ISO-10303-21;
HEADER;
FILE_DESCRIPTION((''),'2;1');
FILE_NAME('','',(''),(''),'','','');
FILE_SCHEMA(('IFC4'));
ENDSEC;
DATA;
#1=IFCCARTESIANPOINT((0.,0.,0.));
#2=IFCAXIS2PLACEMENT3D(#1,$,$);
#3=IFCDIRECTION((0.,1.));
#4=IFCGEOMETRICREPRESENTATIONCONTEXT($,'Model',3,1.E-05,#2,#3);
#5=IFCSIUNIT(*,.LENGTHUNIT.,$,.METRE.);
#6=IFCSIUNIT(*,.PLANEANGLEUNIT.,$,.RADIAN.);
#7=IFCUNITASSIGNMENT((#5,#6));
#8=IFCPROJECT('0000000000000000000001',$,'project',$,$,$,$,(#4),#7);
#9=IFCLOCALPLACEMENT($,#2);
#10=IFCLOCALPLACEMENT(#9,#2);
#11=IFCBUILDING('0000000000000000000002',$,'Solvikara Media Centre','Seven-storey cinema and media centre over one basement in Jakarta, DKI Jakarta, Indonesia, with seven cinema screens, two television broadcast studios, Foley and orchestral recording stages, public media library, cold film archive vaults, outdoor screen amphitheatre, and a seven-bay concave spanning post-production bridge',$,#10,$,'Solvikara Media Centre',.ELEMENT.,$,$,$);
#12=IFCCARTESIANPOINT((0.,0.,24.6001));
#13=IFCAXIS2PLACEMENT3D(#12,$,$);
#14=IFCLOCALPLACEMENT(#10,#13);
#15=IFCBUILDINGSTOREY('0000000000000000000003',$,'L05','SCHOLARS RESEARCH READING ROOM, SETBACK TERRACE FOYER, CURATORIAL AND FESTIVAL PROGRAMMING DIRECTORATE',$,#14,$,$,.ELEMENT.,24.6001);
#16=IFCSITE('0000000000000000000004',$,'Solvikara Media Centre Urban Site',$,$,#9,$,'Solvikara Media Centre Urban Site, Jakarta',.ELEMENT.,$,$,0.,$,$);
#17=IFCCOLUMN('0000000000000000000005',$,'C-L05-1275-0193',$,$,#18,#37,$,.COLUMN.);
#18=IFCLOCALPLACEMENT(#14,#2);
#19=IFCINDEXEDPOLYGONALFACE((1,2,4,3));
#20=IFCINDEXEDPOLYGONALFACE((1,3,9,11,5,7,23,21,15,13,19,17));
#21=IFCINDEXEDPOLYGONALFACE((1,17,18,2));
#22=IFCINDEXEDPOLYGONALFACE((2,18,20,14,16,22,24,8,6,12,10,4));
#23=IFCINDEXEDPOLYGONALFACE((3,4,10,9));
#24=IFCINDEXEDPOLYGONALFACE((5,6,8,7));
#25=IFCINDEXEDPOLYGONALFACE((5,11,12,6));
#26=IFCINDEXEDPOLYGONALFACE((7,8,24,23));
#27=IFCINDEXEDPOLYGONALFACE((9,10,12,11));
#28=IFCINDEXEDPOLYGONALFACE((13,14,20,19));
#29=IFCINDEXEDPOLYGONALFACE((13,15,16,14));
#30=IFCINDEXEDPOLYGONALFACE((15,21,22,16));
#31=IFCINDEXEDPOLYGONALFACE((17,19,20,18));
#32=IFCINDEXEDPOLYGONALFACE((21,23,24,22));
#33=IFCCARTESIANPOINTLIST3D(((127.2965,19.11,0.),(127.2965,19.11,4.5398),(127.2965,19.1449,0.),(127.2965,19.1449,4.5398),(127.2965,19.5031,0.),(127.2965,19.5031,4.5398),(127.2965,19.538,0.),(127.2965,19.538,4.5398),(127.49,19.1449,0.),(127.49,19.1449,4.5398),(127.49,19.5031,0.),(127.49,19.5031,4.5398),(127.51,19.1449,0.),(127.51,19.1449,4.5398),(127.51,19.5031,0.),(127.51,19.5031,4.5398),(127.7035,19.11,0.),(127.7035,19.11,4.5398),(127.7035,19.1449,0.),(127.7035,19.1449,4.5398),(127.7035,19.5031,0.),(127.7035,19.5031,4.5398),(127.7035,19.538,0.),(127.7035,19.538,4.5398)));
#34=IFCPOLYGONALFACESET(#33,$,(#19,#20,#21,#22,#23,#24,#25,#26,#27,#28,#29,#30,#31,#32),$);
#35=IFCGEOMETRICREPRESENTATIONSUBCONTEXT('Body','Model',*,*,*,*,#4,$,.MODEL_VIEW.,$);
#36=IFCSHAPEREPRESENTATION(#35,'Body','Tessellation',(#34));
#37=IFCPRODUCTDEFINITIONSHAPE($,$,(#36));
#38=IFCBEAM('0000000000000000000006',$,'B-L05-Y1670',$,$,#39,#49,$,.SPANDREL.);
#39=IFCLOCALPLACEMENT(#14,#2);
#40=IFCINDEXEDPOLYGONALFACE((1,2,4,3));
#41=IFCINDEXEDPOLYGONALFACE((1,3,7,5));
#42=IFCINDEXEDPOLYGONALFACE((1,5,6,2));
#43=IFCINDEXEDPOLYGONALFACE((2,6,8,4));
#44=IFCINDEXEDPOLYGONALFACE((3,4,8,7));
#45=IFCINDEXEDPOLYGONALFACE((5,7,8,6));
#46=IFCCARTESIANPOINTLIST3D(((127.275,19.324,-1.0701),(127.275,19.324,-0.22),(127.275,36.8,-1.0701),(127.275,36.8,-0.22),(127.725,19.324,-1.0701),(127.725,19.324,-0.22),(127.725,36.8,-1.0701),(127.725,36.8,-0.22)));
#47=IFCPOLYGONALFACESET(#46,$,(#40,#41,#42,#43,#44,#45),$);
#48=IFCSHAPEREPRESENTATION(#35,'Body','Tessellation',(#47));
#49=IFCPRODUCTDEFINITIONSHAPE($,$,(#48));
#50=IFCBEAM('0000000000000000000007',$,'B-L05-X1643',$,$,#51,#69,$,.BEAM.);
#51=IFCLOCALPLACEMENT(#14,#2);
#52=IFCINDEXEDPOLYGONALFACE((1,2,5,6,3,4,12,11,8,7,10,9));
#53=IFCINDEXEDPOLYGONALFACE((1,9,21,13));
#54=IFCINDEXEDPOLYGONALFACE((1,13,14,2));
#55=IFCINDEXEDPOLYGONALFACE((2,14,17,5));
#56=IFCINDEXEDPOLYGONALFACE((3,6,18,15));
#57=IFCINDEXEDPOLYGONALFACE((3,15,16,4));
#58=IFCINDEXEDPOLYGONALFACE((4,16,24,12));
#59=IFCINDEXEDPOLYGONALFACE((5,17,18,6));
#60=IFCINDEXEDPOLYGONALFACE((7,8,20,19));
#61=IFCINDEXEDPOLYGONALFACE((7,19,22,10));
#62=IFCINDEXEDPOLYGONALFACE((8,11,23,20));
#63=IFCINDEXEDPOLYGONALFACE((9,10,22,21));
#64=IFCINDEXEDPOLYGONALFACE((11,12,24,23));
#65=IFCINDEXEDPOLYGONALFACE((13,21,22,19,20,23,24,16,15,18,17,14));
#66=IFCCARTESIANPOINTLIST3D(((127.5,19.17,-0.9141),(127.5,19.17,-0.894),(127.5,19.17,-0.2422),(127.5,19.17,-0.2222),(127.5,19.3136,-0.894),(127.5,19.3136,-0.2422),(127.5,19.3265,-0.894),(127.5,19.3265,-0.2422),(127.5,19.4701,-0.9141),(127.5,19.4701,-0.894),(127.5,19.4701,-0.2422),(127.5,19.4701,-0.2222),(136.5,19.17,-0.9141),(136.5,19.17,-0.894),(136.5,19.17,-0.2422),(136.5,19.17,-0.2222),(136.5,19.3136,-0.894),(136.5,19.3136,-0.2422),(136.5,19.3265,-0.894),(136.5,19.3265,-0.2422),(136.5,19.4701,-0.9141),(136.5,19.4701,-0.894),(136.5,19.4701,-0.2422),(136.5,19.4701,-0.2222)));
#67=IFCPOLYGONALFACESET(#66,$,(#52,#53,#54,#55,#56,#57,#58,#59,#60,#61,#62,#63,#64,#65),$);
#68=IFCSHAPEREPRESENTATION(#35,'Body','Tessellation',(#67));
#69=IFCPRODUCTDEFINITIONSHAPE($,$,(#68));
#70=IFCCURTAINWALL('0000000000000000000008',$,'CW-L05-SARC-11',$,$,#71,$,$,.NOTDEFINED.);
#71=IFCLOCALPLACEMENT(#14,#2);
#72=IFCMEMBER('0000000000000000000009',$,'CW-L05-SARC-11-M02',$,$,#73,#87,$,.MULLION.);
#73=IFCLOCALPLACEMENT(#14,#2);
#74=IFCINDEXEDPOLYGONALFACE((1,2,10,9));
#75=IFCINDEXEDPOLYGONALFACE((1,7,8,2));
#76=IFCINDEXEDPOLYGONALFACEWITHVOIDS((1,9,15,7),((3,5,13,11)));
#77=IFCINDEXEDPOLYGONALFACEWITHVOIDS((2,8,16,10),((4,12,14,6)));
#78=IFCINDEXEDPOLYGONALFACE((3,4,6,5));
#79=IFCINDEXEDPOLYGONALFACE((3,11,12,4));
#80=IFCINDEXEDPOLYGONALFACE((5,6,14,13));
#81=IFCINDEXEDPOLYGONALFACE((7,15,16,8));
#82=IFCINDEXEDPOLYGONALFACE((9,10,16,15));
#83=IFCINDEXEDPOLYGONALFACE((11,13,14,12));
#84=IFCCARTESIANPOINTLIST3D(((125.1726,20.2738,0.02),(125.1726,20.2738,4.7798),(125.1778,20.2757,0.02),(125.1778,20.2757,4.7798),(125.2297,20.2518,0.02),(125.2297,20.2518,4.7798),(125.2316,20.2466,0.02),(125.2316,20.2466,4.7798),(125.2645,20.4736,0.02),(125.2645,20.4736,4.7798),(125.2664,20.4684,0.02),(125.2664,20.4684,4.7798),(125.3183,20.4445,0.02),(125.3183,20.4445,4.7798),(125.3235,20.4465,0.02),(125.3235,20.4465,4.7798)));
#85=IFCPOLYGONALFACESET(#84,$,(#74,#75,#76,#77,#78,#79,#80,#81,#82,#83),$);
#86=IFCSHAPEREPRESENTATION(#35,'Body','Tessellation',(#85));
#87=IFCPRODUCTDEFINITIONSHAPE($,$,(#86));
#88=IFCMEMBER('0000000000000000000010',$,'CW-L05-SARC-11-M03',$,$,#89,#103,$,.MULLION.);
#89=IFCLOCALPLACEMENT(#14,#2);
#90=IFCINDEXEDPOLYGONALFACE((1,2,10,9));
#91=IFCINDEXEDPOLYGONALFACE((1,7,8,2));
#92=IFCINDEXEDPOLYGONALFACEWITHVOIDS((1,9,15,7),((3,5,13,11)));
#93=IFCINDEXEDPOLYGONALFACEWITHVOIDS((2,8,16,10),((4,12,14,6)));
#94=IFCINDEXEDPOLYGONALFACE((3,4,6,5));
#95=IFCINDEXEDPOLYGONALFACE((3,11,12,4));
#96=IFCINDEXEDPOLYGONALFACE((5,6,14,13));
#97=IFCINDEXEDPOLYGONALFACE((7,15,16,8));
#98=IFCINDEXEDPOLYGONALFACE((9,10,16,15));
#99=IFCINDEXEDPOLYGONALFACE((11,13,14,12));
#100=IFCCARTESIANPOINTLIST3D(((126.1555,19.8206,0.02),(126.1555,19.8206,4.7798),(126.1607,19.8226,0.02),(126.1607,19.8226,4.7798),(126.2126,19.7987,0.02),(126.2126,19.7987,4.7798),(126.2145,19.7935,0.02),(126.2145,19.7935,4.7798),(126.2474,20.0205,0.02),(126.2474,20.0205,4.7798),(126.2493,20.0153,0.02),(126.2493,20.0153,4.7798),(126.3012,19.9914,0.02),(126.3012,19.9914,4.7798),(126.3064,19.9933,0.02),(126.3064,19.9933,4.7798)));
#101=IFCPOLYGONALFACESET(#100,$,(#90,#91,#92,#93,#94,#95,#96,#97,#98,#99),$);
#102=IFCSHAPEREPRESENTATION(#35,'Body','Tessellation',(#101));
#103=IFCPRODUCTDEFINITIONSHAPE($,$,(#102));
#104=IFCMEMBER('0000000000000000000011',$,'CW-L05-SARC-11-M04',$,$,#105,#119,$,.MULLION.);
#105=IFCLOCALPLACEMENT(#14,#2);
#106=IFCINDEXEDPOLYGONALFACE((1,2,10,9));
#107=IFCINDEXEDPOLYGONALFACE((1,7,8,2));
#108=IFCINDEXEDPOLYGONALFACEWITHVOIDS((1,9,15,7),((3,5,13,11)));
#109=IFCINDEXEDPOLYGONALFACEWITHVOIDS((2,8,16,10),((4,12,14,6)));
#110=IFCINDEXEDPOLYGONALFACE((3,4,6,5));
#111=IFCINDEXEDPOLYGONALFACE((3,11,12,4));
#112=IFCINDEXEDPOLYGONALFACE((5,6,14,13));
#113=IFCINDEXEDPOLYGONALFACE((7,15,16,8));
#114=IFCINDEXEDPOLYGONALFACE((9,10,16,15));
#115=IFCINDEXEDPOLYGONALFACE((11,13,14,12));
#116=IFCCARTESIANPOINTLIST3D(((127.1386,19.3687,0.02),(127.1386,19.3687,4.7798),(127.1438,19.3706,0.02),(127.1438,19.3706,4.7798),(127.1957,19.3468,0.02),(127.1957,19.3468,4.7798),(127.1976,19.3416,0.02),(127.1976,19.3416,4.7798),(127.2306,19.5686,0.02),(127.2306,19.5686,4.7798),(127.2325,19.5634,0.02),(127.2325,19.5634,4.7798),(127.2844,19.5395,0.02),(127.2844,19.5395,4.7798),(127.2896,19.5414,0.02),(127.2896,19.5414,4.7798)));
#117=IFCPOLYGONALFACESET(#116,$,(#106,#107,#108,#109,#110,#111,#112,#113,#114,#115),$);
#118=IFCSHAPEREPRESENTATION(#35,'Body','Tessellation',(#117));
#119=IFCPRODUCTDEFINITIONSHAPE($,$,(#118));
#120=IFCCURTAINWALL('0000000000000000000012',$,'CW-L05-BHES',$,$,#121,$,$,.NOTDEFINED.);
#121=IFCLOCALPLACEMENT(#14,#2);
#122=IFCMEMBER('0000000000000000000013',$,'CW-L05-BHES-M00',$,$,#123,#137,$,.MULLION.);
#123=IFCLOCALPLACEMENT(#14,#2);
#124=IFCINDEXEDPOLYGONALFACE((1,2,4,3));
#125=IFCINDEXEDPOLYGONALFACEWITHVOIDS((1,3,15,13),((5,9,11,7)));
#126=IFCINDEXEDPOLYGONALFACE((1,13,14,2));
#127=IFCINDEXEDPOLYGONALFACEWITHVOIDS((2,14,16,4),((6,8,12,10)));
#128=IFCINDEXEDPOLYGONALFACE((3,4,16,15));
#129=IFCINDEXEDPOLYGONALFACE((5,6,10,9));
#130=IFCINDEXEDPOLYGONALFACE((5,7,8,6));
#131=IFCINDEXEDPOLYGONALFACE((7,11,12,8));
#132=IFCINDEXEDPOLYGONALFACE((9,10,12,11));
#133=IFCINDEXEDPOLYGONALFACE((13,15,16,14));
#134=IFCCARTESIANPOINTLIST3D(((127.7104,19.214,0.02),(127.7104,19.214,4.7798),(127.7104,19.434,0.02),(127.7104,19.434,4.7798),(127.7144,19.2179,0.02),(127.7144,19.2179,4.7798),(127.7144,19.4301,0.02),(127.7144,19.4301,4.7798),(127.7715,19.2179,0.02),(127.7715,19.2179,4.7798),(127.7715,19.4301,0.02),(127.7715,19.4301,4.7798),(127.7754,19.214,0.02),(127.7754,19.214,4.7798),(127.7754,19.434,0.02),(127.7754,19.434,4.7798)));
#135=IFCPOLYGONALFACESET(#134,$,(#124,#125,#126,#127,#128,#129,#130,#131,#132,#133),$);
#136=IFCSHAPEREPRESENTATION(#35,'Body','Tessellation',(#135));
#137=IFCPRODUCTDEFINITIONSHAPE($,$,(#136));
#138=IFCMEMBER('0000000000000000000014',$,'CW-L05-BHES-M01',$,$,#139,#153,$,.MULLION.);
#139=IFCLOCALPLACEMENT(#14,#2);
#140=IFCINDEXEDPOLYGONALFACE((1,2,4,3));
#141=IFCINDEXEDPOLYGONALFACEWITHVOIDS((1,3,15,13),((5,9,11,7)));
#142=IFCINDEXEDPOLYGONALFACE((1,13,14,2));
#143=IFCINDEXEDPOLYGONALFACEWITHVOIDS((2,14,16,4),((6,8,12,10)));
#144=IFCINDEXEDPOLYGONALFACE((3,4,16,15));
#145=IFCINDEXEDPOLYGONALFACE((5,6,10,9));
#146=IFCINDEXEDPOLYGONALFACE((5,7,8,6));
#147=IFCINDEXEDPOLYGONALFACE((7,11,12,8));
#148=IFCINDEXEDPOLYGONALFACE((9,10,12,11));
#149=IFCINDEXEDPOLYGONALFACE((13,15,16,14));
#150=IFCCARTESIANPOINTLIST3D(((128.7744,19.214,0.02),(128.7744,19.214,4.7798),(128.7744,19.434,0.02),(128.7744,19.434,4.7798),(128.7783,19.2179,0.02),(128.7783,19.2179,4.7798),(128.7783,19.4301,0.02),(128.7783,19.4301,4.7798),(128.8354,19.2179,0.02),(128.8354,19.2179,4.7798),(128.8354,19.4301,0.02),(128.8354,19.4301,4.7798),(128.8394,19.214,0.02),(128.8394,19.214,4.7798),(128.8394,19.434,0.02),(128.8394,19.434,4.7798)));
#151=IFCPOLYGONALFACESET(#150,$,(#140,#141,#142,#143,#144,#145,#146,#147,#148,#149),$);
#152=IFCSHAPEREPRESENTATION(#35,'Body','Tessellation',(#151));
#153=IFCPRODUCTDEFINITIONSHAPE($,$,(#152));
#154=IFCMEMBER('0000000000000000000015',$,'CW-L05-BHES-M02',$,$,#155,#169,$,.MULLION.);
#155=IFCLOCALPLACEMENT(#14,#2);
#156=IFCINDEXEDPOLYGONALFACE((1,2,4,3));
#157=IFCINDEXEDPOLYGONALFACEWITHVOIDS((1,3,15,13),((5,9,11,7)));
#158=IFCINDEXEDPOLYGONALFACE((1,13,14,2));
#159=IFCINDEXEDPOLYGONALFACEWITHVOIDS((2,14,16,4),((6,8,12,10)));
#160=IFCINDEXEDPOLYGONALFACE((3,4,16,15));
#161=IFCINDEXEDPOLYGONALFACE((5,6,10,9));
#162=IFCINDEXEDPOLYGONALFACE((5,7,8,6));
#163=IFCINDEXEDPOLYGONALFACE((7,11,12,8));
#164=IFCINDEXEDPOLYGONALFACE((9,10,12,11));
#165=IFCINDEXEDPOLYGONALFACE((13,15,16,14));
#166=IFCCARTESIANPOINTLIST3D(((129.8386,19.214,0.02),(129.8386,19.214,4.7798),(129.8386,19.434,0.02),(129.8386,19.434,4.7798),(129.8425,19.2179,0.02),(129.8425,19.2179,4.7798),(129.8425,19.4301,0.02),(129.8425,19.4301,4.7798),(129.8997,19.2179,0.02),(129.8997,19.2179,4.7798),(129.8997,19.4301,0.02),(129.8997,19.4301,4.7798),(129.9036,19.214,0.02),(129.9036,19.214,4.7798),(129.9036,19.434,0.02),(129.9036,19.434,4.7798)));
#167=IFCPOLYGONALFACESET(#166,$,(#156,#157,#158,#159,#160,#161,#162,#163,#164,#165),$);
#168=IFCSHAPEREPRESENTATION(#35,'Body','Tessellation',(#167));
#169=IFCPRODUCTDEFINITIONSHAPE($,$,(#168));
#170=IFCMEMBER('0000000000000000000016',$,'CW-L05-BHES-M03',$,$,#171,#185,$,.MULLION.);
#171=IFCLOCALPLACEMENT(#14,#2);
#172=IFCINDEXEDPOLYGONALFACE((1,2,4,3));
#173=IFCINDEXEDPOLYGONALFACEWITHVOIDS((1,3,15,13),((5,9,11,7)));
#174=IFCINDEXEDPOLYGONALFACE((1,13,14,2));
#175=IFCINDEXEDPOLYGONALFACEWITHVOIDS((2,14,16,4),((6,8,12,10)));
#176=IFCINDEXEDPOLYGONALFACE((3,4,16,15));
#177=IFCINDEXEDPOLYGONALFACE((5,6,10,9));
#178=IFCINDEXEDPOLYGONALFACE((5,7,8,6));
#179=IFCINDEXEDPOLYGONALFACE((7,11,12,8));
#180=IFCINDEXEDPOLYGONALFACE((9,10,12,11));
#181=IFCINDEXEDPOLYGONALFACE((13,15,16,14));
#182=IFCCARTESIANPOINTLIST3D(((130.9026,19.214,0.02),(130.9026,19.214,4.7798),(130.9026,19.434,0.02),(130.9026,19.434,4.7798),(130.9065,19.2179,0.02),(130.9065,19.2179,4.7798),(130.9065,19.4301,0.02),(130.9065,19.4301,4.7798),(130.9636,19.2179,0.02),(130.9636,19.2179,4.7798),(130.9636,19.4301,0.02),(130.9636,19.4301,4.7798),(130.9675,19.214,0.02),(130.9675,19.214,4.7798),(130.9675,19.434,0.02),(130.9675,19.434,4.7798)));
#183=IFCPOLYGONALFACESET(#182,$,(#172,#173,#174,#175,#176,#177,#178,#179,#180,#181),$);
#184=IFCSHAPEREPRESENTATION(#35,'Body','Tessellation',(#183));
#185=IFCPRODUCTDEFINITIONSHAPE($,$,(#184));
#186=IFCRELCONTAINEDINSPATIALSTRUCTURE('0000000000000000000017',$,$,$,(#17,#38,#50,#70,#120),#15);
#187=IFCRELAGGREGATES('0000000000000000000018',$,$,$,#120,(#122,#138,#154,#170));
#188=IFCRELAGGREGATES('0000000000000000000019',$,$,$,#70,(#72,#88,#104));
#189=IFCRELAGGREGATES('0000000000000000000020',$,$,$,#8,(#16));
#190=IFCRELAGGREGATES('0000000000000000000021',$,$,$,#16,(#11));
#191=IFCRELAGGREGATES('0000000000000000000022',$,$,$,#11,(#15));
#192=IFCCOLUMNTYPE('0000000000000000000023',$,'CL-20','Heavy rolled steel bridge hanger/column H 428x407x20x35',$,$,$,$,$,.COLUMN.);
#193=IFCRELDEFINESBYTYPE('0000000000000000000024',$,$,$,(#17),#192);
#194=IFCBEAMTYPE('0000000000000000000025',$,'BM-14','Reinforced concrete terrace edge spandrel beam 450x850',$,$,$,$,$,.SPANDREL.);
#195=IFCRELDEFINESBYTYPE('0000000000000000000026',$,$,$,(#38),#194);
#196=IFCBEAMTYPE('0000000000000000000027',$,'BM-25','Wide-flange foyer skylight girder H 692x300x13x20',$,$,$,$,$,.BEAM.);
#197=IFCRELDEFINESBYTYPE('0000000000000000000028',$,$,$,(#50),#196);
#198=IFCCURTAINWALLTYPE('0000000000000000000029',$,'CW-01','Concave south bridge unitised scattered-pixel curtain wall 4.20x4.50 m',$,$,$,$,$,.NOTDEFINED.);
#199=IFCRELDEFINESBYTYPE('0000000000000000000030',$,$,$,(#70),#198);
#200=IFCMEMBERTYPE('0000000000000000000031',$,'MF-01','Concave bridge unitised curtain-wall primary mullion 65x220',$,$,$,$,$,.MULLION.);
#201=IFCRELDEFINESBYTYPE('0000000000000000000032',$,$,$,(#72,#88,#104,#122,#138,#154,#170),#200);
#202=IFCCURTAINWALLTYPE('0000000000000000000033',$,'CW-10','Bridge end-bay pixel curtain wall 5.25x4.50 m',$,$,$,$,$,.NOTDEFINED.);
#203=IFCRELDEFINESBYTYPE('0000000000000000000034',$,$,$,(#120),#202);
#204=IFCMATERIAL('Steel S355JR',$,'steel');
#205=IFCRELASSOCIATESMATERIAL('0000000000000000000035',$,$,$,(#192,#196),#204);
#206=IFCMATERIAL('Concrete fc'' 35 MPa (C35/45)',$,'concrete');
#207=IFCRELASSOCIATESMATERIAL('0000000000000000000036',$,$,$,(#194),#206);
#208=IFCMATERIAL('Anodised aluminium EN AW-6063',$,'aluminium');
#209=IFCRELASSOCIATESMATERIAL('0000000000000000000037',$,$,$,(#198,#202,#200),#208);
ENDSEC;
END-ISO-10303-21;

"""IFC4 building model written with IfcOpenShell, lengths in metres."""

from ifc_helpers import new_model, si_unit, direction, frame, origin, origin_2d, place, context, subcontext, project, spatial, rectangle, hollow_rectangle, i_section, extrude, material, material_profile, profile_set, type_object, element, aggregate, save


model = new_model("IFC4")

# Units and contexts
model_context = context("Model", 3, precision=1e-05, world=origin(), true_north=direction((0.0, 1.0)))
body_context = subcontext(model_context, "Body", "Model", "MODEL_VIEW")
ifc_project = project(units=[si_unit("LENGTHUNIT", "METRE"), si_unit("PLANEANGLEUNIT", "RADIAN")], contexts=[model_context])

# Site, building, storey
site_placement = place(None, origin())
site = spatial("IfcSite", under=ifc_project, at=site_placement, Name="Solvikara Media Centre Urban Site", LongName="Solvikara Media Centre Urban Site, Jakarta", CompositionType="ELEMENT", RefElevation=0.0)
building_placement = place(site_placement, origin())
building = spatial("IfcBuilding", under=site, at=building_placement, Name="Solvikara Media Centre", Description="Seven-storey cinema and media centre over one basement in Jakarta, DKI Jakarta, Indonesia, with seven cinema screens, two television broadcast studios, Foley and orchestral recording stages, public media library, cold film archive vaults, outdoor screen amphitheatre, and a seven-bay concave spanning post-production bridge", LongName="Solvikara Media Centre", CompositionType="ELEMENT")
storey_placement = place(building_placement, frame((0.0, 0.0, 24.6001)))
storey = spatial("IfcBuildingStorey", under=building, at=storey_placement, Name="L05", Description="SCHOLARS RESEARCH READING ROOM, SETBACK TERRACE FOYER, CURATORIAL AND FESTIVAL PROGRAMMING DIRECTORATE", CompositionType="ELEMENT", Elevation=24.6001)

# Column
ifc_material_1 = material(Name="Steel S355JR", Category="steel")
ifc_material_profile_1 = material_profile(ifc_material_1, i_section(OverallWidth=0.407, OverallDepth=0.428, WebThickness=0.02, FlangeThickness=0.0349, at=origin_2d()), Name="H 428x407x20x35")
ifc_profile_set_1 = profile_set([ifc_material_profile_1], Name="Steel S355JR")
column_type = type_object("IfcColumnType", Name="CL-20", Description="Heavy rolled steel bridge hanger/column H 428x407x20x35", PredefinedType="COLUMN", material=ifc_profile_set_1)
column_placement = place(storey_placement, frame((127.5, 19.324, 0.0), z_axis=(0.0, 0.0, 1.0), x_axis=(1.0, 0.0, 0.0)))
element("IfcColumn", 1, at=column_placement, inside=storey, type_object=column_type, Name="C-L05-1275-0193", PredefinedType="COLUMN", context=body_context, shape_type="SweptSolid", body=[
    extrude(i_section(OverallWidth=0.407, OverallDepth=0.428, WebThickness=0.02, FlangeThickness=0.0349, at=origin_2d()), origin(), (0.0, 0.0, 1.0), 4.5398),
])

# Beams
ifc_material_2 = material(Name="Concrete fc' 35 MPa (C35/45)", Category="concrete")
ifc_material_profile_2 = material_profile(ifc_material_2, rectangle(XDim=0.45, YDim=0.8501, at=origin_2d()), Name="RC 450x850")
ifc_profile_set_2 = profile_set([ifc_material_profile_2], Name="Concrete fc' 35 MPa (C35/45)")
beam_type_1 = type_object("IfcBeamType", Name="BM-14", Description="Reinforced concrete terrace edge spandrel beam 450x850", PredefinedType="SPANDREL", material=ifc_profile_set_2)
beam_1_placement = place(storey_placement, frame((127.5, 19.324, -0.645), z_axis=(0.0, 1.0, 0.0), x_axis=(-1.0, 0.0, 0.0)))
element("IfcBeam", 2, at=beam_1_placement, inside=storey, type_object=beam_type_1, Name="B-L05-Y1670", PredefinedType="SPANDREL", context=body_context, shape_type="SweptSolid", body=[
    extrude(rectangle(XDim=0.45, YDim=0.8501, at=origin_2d()), origin(), (0.0, 0.0, 1.0), 17.4761),
])
ifc_material_profile_3 = material_profile(ifc_material_1, i_section(OverallWidth=0.3, OverallDepth=0.6919, WebThickness=0.0129, FlangeThickness=0.02, at=origin_2d()), Name="H 692x300x13x20")
ifc_profile_set_3 = profile_set([ifc_material_profile_3], Name="Steel S355JR")
beam_type_2 = type_object("IfcBeamType", Name="BM-25", Description="Wide-flange foyer skylight girder H 692x300x13x20", PredefinedType="BEAM", material=ifc_profile_set_3)
beam_2_placement = place(storey_placement, frame((127.5, 19.3201, -0.5681), z_axis=(1.0, 0.0, 0.0), x_axis=(0.0, 1.0, 0.0)))
element("IfcBeam", 3, at=beam_2_placement, inside=storey, type_object=beam_type_2, Name="B-L05-X1643", PredefinedType="BEAM", context=body_context, shape_type="SweptSolid", body=[
    extrude(i_section(OverallWidth=0.3, OverallDepth=0.6919, WebThickness=0.0129, FlangeThickness=0.02, at=origin_2d()), origin(), (0.0, 0.0, 1.0), 9.0),
])

# Curtain walls, members
ifc_material_3 = material(Name="Anodised aluminium EN AW-6063", Category="aluminium")
curtain_wall_type_1 = type_object("IfcCurtainWallType", Name="CW-01", Description="Concave south bridge unitised scattered-pixel curtain wall 4.20x4.50 m", PredefinedType="NOTDEFINED", material=ifc_material_3)
curtain_wall_1_placement = place(storey_placement, origin())
curtain_wall_1 = element("IfcCurtainWall", 4, at=curtain_wall_1_placement, inside=storey, type_object=curtain_wall_type_1, Name="CW-L05-SARC-11", PredefinedType="NOTDEFINED")
ifc_material_profile_4 = material_profile(ifc_material_3, hollow_rectangle(XDim=0.0649, YDim=0.22, WallThickness=0.0039, at=origin_2d()), Name="ALU-M 65x220x4")
ifc_profile_set_4 = profile_set([ifc_material_profile_4], Name="Anodised aluminium EN AW-6063")
member_type_1 = type_object("IfcMemberType", Name="MF-01", Description="Concave bridge unitised curtain-wall primary mullion 65x220", PredefinedType="MULLION", material=ifc_profile_set_4)
member_1_placement = place(storey_placement, frame((125.248, 20.3601, 0.02), z_axis=(0.0, 0.0, 1.0), x_axis=(0.908464, -0.417962, 0.0)))
member_1 = element("IfcMember", 5, at=member_1_placement, type_object=member_type_1, Name="CW-L05-SARC-11-M02", PredefinedType="MULLION", context=body_context, shape_type="SweptSolid", body=[
    extrude(hollow_rectangle(XDim=0.0649, YDim=0.22, WallThickness=0.0039, at=origin_2d()), origin(), (0.0, 0.0, 1.0), 4.7598),
])
member_2_placement = place(storey_placement, frame((126.231, 19.907, 0.02), z_axis=(0.0, 0.0, 1.0), x_axis=(0.908464, -0.417962, 0.0)))
member_2 = element("IfcMember", 6, at=member_2_placement, type_object=member_type_1, Name="CW-L05-SARC-11-M03", PredefinedType="MULLION", context=body_context, shape_type="SweptSolid", body=[
    extrude(hollow_rectangle(XDim=0.0649, YDim=0.22, WallThickness=0.0039, at=origin_2d()), origin(), (0.0, 0.0, 1.0), 4.7598),
])
member_3_placement = place(storey_placement, frame((127.2141, 19.4551, 0.02), z_axis=(0.0, 0.0, 1.0), x_axis=(0.908464, -0.417962, 0.0)))
member_3 = element("IfcMember", 7, at=member_3_placement, type_object=member_type_1, Name="CW-L05-SARC-11-M04", PredefinedType="MULLION", context=body_context, shape_type="SweptSolid", body=[
    extrude(hollow_rectangle(XDim=0.0649, YDim=0.22, WallThickness=0.0039, at=origin_2d()), origin(), (0.0, 0.0, 1.0), 4.7598),
])
curtain_wall_type_2 = type_object("IfcCurtainWallType", Name="CW-10", Description="Bridge end-bay pixel curtain wall 5.25x4.50 m", PredefinedType="NOTDEFINED", material=ifc_material_3)
curtain_wall_2_placement = place(storey_placement, origin())
curtain_wall_2 = element("IfcCurtainWall", 8, at=curtain_wall_2_placement, inside=storey, type_object=curtain_wall_type_2, Name="CW-L05-BHES", PredefinedType="NOTDEFINED")
member_4_placement = place(storey_placement, frame((127.7429, 19.324, 0.02), z_axis=(0.0, 0.0, 1.0), x_axis=(1.0, 0.0, 0.0)))
member_4 = element("IfcMember", 9, at=member_4_placement, type_object=member_type_1, Name="CW-L05-BHES-M00", PredefinedType="MULLION", context=body_context, shape_type="SweptSolid", body=[
    extrude(hollow_rectangle(XDim=0.0649, YDim=0.22, WallThickness=0.0039, at=origin_2d()), origin(), (0.0, 0.0, 1.0), 4.7598),
])
member_5_placement = place(storey_placement, frame((128.8069, 19.324, 0.02), z_axis=(0.0, 0.0, 1.0), x_axis=(1.0, 0.0, 0.0)))
member_5 = element("IfcMember", 10, at=member_5_placement, type_object=member_type_1, Name="CW-L05-BHES-M01", PredefinedType="MULLION", context=body_context, shape_type="SweptSolid", body=[
    extrude(hollow_rectangle(XDim=0.0649, YDim=0.22, WallThickness=0.0039, at=origin_2d()), origin(), (0.0, 0.0, 1.0), 4.7598),
])
member_6_placement = place(storey_placement, frame((129.8711, 19.324, 0.02), z_axis=(0.0, 0.0, 1.0), x_axis=(1.0, 0.0, 0.0)))
member_6 = element("IfcMember", 11, at=member_6_placement, type_object=member_type_1, Name="CW-L05-BHES-M02", PredefinedType="MULLION", context=body_context, shape_type="SweptSolid", body=[
    extrude(hollow_rectangle(XDim=0.0649, YDim=0.22, WallThickness=0.0039, at=origin_2d()), origin(), (0.0, 0.0, 1.0), 4.7598),
])
member_7_placement = place(storey_placement, frame((130.9351, 19.324, 0.02), z_axis=(0.0, 0.0, 1.0), x_axis=(1.0, 0.0, 0.0)))
member_7 = element("IfcMember", 12, at=member_7_placement, type_object=member_type_1, Name="CW-L05-BHES-M03", PredefinedType="MULLION", context=body_context, shape_type="SweptSolid", body=[
    extrude(hollow_rectangle(XDim=0.0649, YDim=0.22, WallThickness=0.0039, at=origin_2d()), origin(), (0.0, 0.0, 1.0), 4.7598),
])

aggregate(curtain_wall_2, [member_4, member_5, member_6, member_7])
aggregate(curtain_wall_1, [member_1, member_2, member_3])

save(model, "model.ifc")
